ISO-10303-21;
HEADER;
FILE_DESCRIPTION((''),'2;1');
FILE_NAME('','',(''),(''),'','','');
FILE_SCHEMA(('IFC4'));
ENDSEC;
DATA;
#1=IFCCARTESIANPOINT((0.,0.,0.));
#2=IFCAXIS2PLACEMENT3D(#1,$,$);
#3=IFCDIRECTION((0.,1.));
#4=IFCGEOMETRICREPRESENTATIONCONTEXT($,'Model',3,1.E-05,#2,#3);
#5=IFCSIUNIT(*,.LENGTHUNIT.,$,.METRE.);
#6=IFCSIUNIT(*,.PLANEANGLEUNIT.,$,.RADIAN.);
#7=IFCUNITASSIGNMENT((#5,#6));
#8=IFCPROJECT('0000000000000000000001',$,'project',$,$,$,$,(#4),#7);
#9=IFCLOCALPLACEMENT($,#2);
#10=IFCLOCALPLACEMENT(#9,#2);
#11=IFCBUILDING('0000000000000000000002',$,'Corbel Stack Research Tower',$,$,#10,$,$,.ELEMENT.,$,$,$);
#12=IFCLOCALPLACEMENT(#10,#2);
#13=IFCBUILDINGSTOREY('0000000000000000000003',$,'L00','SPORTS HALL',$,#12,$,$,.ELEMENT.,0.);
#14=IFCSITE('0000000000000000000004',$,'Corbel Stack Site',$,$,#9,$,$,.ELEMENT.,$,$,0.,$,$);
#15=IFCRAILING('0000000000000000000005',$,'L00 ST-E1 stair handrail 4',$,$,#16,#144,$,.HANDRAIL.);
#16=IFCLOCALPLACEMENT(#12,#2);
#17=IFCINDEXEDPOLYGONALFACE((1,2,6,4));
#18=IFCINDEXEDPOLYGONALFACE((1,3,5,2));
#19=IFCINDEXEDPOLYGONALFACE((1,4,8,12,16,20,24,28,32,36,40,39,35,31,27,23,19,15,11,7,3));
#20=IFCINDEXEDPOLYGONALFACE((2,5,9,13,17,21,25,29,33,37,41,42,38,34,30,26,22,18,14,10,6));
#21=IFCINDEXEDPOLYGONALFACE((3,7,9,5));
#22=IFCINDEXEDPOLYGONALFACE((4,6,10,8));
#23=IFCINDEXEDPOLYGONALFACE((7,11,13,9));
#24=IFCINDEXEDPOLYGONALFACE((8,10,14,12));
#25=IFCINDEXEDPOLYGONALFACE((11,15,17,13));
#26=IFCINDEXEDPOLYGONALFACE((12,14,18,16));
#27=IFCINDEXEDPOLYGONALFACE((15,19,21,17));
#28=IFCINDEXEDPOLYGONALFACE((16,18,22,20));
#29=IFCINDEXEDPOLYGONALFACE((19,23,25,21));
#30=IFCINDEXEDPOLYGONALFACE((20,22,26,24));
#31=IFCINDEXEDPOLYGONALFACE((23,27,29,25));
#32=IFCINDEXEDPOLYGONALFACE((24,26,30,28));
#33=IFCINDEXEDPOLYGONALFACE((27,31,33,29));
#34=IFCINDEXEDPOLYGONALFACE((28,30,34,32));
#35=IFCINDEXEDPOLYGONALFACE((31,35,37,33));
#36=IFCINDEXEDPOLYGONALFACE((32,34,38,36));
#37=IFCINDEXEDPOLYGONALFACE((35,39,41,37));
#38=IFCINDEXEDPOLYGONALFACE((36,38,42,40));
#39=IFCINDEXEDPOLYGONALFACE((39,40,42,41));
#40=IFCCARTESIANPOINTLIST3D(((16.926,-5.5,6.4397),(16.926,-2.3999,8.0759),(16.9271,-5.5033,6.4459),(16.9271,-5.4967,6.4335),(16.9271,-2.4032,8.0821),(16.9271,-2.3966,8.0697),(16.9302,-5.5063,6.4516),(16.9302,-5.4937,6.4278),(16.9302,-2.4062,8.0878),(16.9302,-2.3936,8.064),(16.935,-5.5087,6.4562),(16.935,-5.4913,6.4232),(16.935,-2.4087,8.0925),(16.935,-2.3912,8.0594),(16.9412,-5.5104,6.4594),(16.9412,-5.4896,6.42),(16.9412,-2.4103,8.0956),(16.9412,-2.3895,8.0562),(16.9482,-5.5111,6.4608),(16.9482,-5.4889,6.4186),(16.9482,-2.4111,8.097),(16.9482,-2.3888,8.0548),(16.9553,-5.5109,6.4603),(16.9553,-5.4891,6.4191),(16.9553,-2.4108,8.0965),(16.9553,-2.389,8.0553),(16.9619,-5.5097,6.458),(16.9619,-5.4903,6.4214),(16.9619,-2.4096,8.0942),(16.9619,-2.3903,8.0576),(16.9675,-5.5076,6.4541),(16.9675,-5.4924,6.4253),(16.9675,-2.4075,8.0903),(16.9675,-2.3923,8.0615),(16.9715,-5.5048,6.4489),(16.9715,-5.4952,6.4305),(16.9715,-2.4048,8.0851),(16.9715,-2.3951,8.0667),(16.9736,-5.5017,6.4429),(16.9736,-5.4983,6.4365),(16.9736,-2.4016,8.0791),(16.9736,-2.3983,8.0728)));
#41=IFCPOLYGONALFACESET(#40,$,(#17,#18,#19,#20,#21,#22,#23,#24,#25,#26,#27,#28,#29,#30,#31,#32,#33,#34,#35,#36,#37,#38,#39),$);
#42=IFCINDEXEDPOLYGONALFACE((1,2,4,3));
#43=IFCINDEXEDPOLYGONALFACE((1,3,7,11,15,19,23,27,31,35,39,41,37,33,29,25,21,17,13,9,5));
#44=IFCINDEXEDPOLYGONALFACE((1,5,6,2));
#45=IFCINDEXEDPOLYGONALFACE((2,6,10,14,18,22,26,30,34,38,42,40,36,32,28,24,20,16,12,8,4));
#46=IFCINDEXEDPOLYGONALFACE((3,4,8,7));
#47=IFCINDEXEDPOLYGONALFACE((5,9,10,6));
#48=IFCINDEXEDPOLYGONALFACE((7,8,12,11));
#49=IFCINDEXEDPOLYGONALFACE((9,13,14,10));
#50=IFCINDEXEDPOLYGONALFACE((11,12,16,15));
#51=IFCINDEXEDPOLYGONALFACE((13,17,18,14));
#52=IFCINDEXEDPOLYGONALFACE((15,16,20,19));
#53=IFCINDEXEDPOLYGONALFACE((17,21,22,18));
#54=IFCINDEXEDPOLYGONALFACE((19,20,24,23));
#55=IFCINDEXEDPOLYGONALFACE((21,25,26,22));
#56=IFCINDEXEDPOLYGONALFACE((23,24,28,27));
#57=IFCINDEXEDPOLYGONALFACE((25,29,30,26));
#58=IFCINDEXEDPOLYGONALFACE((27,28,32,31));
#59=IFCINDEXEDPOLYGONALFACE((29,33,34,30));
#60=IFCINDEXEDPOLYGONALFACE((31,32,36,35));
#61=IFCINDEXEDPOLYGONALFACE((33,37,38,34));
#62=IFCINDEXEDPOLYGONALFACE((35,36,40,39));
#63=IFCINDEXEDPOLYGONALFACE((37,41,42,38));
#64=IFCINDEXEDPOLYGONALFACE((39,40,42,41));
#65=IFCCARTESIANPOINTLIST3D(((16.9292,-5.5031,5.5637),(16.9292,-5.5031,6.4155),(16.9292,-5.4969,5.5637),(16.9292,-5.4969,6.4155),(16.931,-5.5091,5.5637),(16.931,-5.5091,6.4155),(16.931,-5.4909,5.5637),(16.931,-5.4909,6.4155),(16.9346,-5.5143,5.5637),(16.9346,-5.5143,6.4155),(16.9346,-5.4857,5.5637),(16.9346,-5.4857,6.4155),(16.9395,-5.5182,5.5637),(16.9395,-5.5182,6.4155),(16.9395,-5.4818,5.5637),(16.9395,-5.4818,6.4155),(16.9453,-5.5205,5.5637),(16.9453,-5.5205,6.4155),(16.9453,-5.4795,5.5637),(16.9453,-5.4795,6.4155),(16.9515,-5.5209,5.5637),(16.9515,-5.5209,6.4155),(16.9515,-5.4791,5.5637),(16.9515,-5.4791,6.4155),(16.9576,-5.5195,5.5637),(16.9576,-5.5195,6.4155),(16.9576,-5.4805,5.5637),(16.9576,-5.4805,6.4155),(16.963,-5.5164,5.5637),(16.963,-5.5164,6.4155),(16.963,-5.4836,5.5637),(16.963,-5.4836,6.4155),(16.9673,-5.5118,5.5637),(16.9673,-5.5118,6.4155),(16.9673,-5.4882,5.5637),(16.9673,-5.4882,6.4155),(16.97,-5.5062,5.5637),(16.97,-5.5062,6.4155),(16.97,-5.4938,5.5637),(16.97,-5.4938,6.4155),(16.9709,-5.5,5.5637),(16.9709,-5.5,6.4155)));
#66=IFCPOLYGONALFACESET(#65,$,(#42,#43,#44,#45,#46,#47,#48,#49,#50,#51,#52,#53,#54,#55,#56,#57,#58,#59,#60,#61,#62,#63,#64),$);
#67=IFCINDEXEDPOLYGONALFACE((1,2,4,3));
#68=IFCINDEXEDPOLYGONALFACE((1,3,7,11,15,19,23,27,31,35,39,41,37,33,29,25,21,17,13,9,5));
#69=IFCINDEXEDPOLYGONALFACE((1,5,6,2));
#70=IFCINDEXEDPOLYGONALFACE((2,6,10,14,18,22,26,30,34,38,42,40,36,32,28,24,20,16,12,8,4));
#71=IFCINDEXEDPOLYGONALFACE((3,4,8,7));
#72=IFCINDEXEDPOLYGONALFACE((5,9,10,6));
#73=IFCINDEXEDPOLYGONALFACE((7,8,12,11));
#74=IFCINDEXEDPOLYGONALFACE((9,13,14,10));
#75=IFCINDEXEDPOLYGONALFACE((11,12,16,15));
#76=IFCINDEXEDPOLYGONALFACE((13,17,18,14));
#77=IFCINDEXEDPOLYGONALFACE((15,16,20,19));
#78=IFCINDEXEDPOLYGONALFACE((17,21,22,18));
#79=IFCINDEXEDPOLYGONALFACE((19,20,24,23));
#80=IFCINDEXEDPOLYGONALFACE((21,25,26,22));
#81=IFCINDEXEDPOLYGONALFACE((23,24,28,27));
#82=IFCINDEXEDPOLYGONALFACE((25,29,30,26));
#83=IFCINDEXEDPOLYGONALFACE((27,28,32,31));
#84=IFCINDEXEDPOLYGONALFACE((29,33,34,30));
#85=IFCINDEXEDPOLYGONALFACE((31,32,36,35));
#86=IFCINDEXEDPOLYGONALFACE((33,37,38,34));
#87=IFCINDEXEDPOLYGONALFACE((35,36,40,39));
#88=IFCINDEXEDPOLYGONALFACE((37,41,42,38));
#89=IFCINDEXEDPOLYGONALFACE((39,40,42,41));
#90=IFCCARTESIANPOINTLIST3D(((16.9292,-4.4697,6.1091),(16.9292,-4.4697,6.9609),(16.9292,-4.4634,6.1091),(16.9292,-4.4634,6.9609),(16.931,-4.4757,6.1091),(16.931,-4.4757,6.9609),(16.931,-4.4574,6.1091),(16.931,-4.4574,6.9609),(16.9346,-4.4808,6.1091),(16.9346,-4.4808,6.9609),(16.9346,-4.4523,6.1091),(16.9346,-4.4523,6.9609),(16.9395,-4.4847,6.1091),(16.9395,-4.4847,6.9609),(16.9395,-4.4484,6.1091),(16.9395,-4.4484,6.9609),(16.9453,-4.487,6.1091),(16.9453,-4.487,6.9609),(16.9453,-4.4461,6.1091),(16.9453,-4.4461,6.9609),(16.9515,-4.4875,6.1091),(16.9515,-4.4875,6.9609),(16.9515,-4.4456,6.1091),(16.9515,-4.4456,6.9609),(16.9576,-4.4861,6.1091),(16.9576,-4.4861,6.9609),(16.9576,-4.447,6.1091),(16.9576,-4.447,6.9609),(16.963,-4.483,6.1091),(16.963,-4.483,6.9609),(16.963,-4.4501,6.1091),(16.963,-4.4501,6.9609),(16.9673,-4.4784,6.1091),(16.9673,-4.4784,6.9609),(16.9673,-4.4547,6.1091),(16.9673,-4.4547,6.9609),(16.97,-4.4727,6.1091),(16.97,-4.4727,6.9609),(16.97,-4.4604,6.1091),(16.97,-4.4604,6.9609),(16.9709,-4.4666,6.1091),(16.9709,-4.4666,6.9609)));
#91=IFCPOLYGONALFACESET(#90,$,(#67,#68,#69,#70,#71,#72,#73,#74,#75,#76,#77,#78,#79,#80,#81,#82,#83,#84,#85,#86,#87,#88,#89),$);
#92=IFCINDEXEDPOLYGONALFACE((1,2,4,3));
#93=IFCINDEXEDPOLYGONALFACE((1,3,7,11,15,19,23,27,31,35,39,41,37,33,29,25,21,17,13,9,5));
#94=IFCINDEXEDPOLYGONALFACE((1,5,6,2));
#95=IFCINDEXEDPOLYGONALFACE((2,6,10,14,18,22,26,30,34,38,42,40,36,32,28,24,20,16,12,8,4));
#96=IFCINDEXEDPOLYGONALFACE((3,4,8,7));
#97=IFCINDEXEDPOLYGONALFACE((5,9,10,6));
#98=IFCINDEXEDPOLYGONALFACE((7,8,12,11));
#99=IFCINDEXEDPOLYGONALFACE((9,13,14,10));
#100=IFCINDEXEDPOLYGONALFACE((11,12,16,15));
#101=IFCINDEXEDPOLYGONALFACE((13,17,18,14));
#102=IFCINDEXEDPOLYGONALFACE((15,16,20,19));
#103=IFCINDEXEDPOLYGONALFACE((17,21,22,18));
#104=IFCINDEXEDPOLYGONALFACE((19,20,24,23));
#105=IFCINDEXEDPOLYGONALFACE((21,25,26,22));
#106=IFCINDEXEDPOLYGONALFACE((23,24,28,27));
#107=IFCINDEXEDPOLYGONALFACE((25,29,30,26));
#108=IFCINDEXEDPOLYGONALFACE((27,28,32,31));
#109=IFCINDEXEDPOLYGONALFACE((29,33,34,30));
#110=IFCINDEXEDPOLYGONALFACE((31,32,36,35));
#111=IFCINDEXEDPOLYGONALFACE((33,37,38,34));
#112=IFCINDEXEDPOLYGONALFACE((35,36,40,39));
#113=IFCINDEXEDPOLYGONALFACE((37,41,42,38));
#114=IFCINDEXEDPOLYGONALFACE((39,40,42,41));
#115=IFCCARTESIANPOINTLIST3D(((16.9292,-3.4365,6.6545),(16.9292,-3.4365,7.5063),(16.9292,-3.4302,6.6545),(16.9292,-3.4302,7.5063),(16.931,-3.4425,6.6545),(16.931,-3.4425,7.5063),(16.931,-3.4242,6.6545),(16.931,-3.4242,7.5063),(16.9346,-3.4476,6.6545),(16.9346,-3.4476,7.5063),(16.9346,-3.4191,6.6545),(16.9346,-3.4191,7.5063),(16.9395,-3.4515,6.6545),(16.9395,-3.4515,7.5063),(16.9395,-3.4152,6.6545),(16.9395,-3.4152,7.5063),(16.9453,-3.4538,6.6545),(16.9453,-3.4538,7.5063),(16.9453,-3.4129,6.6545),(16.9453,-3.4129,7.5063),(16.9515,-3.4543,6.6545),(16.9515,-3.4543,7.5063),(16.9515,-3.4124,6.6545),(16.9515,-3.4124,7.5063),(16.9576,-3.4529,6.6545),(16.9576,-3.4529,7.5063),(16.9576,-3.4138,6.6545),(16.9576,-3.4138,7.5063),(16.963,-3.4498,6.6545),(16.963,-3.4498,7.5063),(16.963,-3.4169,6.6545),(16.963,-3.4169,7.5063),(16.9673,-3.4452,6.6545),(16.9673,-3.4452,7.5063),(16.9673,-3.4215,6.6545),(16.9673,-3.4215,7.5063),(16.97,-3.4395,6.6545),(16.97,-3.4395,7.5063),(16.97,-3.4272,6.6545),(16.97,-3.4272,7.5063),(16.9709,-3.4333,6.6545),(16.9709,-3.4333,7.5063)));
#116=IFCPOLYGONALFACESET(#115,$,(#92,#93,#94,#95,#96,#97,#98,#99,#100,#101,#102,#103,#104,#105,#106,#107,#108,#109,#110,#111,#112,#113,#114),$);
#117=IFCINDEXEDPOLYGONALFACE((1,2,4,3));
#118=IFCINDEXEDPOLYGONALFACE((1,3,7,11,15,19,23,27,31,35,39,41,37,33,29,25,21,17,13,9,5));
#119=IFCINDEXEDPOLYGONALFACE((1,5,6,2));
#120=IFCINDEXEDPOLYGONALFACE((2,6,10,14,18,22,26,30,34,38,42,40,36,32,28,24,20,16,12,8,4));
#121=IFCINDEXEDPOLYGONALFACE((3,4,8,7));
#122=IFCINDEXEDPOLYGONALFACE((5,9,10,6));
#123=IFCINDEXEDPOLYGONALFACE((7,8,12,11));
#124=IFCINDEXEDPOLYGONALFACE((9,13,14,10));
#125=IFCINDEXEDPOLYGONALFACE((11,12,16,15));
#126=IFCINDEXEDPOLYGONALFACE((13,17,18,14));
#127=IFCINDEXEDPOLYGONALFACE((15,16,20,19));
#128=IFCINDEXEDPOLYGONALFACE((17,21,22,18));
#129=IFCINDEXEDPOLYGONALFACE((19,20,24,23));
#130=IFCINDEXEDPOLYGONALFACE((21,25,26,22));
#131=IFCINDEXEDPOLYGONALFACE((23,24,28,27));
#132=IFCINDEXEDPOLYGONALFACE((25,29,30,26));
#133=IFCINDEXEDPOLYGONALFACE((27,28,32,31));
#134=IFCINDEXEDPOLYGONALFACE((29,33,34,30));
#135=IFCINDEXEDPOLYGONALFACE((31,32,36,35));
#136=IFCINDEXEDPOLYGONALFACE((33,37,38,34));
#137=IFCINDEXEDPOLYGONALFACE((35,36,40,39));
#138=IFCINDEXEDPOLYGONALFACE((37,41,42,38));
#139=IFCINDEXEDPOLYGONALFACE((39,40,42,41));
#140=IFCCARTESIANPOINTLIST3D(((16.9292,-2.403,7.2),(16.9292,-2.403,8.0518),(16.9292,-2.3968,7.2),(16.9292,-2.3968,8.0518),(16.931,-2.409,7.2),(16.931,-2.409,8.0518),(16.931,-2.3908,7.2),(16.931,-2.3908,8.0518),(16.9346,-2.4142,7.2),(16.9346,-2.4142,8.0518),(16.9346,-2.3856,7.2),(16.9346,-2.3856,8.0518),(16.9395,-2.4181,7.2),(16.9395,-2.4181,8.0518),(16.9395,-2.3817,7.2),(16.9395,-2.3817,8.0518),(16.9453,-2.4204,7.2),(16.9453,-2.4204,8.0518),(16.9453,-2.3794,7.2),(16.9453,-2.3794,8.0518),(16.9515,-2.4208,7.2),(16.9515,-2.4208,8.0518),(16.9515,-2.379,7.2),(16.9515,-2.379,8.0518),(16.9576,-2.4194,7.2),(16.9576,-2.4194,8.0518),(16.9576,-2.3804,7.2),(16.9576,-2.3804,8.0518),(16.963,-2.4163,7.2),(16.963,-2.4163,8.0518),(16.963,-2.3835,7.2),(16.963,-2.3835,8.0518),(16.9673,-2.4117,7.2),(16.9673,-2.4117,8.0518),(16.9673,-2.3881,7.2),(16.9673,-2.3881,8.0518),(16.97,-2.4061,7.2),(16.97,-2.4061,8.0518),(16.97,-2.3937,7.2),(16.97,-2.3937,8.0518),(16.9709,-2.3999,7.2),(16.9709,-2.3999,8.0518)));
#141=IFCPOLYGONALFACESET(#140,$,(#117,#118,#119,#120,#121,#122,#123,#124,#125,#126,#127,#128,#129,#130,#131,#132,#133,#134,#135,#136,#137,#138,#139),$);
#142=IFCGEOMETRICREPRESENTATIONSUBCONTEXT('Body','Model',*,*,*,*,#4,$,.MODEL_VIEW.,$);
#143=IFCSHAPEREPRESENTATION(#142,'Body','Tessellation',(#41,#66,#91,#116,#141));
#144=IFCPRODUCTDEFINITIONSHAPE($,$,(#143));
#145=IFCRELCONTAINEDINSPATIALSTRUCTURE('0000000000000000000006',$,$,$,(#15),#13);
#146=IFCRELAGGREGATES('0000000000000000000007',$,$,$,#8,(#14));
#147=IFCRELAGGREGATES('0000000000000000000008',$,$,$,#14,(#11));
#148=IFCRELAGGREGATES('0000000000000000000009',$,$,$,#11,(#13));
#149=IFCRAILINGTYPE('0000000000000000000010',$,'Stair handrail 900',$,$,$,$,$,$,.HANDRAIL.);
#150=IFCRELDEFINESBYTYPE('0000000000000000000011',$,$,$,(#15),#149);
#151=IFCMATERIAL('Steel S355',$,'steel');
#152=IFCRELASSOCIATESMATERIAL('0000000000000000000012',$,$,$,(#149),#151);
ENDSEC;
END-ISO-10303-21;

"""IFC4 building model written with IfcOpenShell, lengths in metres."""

from ifc_helpers import new_model, si_unit, direction, frame, origin, origin_2d, place, context, subcontext, project, spatial, circle, extrude, material, type_object, element, save


model = new_model("IFC4")

# Units and contexts
model_context = context("Model", 3, precision=1e-05, world=origin(), true_north=direction((0.0, 1.0)))
body_context = subcontext(model_context, "Body", "Model", "MODEL_VIEW")
ifc_project = project(units=[si_unit("LENGTHUNIT", "METRE"), si_unit("PLANEANGLEUNIT", "RADIAN")], contexts=[model_context])

# Site, building, storey
site_placement = place(None, origin())
site = spatial("IfcSite", under=ifc_project, at=site_placement, Name="Corbel Stack Site", CompositionType="ELEMENT", RefElevation=0.0)
building_placement = place(site_placement, origin())
building = spatial("IfcBuilding", under=site, at=building_placement, Name="Corbel Stack Research Tower", CompositionType="ELEMENT")
storey_placement = place(building_placement, origin())
storey = spatial("IfcBuildingStorey", under=building, at=storey_placement, Name="L00", Description="SPORTS HALL", CompositionType="ELEMENT", Elevation=0.0)

# Railing
ifc_material_1 = material(Name="Steel S355", Category="steel")
railing_type_1 = type_object("IfcRailingType", Name="Stair handrail 900", PredefinedType="HANDRAIL", material=ifc_material_1)
railing_1_placement = place(storey_placement, frame((16.95, -5.5, 5.5637)))
element("IfcRailing", 1, at=railing_1_placement, inside=storey, type_object=railing_type_1, Name="L00 ST-E1 stair handrail 4", PredefinedType="HANDRAIL", context=body_context, shape_type="SweptSolid", body=[
    extrude(circle(Radius=0.0239, at=origin_2d()), frame((0.0, 0.0, 0.876), z_axis=(0.0, 0.884377, 0.466774), x_axis=(-1.0, 0.0, 0.0)), (0.0, 0.0, 1.0), 3.5054),
    extrude(circle(Radius=0.021, at=origin_2d()), origin(), (0.0, 0.0, 1.0), 0.8518),
    extrude(circle(Radius=0.021, at=origin_2d()), frame((0.0, 1.0334, 0.5454)), (0.0, 0.0, 1.0), 0.8518),
    extrude(circle(Radius=0.021, at=origin_2d()), frame((0.0, 2.0667, 1.0908)), (0.0, 0.0, 1.0), 0.8518),
    extrude(circle(Radius=0.021, at=origin_2d()), frame((0.0, 3.1001, 1.6362)), (0.0, 0.0, 1.0), 0.8518),
])

save(model, "model.ifc")
